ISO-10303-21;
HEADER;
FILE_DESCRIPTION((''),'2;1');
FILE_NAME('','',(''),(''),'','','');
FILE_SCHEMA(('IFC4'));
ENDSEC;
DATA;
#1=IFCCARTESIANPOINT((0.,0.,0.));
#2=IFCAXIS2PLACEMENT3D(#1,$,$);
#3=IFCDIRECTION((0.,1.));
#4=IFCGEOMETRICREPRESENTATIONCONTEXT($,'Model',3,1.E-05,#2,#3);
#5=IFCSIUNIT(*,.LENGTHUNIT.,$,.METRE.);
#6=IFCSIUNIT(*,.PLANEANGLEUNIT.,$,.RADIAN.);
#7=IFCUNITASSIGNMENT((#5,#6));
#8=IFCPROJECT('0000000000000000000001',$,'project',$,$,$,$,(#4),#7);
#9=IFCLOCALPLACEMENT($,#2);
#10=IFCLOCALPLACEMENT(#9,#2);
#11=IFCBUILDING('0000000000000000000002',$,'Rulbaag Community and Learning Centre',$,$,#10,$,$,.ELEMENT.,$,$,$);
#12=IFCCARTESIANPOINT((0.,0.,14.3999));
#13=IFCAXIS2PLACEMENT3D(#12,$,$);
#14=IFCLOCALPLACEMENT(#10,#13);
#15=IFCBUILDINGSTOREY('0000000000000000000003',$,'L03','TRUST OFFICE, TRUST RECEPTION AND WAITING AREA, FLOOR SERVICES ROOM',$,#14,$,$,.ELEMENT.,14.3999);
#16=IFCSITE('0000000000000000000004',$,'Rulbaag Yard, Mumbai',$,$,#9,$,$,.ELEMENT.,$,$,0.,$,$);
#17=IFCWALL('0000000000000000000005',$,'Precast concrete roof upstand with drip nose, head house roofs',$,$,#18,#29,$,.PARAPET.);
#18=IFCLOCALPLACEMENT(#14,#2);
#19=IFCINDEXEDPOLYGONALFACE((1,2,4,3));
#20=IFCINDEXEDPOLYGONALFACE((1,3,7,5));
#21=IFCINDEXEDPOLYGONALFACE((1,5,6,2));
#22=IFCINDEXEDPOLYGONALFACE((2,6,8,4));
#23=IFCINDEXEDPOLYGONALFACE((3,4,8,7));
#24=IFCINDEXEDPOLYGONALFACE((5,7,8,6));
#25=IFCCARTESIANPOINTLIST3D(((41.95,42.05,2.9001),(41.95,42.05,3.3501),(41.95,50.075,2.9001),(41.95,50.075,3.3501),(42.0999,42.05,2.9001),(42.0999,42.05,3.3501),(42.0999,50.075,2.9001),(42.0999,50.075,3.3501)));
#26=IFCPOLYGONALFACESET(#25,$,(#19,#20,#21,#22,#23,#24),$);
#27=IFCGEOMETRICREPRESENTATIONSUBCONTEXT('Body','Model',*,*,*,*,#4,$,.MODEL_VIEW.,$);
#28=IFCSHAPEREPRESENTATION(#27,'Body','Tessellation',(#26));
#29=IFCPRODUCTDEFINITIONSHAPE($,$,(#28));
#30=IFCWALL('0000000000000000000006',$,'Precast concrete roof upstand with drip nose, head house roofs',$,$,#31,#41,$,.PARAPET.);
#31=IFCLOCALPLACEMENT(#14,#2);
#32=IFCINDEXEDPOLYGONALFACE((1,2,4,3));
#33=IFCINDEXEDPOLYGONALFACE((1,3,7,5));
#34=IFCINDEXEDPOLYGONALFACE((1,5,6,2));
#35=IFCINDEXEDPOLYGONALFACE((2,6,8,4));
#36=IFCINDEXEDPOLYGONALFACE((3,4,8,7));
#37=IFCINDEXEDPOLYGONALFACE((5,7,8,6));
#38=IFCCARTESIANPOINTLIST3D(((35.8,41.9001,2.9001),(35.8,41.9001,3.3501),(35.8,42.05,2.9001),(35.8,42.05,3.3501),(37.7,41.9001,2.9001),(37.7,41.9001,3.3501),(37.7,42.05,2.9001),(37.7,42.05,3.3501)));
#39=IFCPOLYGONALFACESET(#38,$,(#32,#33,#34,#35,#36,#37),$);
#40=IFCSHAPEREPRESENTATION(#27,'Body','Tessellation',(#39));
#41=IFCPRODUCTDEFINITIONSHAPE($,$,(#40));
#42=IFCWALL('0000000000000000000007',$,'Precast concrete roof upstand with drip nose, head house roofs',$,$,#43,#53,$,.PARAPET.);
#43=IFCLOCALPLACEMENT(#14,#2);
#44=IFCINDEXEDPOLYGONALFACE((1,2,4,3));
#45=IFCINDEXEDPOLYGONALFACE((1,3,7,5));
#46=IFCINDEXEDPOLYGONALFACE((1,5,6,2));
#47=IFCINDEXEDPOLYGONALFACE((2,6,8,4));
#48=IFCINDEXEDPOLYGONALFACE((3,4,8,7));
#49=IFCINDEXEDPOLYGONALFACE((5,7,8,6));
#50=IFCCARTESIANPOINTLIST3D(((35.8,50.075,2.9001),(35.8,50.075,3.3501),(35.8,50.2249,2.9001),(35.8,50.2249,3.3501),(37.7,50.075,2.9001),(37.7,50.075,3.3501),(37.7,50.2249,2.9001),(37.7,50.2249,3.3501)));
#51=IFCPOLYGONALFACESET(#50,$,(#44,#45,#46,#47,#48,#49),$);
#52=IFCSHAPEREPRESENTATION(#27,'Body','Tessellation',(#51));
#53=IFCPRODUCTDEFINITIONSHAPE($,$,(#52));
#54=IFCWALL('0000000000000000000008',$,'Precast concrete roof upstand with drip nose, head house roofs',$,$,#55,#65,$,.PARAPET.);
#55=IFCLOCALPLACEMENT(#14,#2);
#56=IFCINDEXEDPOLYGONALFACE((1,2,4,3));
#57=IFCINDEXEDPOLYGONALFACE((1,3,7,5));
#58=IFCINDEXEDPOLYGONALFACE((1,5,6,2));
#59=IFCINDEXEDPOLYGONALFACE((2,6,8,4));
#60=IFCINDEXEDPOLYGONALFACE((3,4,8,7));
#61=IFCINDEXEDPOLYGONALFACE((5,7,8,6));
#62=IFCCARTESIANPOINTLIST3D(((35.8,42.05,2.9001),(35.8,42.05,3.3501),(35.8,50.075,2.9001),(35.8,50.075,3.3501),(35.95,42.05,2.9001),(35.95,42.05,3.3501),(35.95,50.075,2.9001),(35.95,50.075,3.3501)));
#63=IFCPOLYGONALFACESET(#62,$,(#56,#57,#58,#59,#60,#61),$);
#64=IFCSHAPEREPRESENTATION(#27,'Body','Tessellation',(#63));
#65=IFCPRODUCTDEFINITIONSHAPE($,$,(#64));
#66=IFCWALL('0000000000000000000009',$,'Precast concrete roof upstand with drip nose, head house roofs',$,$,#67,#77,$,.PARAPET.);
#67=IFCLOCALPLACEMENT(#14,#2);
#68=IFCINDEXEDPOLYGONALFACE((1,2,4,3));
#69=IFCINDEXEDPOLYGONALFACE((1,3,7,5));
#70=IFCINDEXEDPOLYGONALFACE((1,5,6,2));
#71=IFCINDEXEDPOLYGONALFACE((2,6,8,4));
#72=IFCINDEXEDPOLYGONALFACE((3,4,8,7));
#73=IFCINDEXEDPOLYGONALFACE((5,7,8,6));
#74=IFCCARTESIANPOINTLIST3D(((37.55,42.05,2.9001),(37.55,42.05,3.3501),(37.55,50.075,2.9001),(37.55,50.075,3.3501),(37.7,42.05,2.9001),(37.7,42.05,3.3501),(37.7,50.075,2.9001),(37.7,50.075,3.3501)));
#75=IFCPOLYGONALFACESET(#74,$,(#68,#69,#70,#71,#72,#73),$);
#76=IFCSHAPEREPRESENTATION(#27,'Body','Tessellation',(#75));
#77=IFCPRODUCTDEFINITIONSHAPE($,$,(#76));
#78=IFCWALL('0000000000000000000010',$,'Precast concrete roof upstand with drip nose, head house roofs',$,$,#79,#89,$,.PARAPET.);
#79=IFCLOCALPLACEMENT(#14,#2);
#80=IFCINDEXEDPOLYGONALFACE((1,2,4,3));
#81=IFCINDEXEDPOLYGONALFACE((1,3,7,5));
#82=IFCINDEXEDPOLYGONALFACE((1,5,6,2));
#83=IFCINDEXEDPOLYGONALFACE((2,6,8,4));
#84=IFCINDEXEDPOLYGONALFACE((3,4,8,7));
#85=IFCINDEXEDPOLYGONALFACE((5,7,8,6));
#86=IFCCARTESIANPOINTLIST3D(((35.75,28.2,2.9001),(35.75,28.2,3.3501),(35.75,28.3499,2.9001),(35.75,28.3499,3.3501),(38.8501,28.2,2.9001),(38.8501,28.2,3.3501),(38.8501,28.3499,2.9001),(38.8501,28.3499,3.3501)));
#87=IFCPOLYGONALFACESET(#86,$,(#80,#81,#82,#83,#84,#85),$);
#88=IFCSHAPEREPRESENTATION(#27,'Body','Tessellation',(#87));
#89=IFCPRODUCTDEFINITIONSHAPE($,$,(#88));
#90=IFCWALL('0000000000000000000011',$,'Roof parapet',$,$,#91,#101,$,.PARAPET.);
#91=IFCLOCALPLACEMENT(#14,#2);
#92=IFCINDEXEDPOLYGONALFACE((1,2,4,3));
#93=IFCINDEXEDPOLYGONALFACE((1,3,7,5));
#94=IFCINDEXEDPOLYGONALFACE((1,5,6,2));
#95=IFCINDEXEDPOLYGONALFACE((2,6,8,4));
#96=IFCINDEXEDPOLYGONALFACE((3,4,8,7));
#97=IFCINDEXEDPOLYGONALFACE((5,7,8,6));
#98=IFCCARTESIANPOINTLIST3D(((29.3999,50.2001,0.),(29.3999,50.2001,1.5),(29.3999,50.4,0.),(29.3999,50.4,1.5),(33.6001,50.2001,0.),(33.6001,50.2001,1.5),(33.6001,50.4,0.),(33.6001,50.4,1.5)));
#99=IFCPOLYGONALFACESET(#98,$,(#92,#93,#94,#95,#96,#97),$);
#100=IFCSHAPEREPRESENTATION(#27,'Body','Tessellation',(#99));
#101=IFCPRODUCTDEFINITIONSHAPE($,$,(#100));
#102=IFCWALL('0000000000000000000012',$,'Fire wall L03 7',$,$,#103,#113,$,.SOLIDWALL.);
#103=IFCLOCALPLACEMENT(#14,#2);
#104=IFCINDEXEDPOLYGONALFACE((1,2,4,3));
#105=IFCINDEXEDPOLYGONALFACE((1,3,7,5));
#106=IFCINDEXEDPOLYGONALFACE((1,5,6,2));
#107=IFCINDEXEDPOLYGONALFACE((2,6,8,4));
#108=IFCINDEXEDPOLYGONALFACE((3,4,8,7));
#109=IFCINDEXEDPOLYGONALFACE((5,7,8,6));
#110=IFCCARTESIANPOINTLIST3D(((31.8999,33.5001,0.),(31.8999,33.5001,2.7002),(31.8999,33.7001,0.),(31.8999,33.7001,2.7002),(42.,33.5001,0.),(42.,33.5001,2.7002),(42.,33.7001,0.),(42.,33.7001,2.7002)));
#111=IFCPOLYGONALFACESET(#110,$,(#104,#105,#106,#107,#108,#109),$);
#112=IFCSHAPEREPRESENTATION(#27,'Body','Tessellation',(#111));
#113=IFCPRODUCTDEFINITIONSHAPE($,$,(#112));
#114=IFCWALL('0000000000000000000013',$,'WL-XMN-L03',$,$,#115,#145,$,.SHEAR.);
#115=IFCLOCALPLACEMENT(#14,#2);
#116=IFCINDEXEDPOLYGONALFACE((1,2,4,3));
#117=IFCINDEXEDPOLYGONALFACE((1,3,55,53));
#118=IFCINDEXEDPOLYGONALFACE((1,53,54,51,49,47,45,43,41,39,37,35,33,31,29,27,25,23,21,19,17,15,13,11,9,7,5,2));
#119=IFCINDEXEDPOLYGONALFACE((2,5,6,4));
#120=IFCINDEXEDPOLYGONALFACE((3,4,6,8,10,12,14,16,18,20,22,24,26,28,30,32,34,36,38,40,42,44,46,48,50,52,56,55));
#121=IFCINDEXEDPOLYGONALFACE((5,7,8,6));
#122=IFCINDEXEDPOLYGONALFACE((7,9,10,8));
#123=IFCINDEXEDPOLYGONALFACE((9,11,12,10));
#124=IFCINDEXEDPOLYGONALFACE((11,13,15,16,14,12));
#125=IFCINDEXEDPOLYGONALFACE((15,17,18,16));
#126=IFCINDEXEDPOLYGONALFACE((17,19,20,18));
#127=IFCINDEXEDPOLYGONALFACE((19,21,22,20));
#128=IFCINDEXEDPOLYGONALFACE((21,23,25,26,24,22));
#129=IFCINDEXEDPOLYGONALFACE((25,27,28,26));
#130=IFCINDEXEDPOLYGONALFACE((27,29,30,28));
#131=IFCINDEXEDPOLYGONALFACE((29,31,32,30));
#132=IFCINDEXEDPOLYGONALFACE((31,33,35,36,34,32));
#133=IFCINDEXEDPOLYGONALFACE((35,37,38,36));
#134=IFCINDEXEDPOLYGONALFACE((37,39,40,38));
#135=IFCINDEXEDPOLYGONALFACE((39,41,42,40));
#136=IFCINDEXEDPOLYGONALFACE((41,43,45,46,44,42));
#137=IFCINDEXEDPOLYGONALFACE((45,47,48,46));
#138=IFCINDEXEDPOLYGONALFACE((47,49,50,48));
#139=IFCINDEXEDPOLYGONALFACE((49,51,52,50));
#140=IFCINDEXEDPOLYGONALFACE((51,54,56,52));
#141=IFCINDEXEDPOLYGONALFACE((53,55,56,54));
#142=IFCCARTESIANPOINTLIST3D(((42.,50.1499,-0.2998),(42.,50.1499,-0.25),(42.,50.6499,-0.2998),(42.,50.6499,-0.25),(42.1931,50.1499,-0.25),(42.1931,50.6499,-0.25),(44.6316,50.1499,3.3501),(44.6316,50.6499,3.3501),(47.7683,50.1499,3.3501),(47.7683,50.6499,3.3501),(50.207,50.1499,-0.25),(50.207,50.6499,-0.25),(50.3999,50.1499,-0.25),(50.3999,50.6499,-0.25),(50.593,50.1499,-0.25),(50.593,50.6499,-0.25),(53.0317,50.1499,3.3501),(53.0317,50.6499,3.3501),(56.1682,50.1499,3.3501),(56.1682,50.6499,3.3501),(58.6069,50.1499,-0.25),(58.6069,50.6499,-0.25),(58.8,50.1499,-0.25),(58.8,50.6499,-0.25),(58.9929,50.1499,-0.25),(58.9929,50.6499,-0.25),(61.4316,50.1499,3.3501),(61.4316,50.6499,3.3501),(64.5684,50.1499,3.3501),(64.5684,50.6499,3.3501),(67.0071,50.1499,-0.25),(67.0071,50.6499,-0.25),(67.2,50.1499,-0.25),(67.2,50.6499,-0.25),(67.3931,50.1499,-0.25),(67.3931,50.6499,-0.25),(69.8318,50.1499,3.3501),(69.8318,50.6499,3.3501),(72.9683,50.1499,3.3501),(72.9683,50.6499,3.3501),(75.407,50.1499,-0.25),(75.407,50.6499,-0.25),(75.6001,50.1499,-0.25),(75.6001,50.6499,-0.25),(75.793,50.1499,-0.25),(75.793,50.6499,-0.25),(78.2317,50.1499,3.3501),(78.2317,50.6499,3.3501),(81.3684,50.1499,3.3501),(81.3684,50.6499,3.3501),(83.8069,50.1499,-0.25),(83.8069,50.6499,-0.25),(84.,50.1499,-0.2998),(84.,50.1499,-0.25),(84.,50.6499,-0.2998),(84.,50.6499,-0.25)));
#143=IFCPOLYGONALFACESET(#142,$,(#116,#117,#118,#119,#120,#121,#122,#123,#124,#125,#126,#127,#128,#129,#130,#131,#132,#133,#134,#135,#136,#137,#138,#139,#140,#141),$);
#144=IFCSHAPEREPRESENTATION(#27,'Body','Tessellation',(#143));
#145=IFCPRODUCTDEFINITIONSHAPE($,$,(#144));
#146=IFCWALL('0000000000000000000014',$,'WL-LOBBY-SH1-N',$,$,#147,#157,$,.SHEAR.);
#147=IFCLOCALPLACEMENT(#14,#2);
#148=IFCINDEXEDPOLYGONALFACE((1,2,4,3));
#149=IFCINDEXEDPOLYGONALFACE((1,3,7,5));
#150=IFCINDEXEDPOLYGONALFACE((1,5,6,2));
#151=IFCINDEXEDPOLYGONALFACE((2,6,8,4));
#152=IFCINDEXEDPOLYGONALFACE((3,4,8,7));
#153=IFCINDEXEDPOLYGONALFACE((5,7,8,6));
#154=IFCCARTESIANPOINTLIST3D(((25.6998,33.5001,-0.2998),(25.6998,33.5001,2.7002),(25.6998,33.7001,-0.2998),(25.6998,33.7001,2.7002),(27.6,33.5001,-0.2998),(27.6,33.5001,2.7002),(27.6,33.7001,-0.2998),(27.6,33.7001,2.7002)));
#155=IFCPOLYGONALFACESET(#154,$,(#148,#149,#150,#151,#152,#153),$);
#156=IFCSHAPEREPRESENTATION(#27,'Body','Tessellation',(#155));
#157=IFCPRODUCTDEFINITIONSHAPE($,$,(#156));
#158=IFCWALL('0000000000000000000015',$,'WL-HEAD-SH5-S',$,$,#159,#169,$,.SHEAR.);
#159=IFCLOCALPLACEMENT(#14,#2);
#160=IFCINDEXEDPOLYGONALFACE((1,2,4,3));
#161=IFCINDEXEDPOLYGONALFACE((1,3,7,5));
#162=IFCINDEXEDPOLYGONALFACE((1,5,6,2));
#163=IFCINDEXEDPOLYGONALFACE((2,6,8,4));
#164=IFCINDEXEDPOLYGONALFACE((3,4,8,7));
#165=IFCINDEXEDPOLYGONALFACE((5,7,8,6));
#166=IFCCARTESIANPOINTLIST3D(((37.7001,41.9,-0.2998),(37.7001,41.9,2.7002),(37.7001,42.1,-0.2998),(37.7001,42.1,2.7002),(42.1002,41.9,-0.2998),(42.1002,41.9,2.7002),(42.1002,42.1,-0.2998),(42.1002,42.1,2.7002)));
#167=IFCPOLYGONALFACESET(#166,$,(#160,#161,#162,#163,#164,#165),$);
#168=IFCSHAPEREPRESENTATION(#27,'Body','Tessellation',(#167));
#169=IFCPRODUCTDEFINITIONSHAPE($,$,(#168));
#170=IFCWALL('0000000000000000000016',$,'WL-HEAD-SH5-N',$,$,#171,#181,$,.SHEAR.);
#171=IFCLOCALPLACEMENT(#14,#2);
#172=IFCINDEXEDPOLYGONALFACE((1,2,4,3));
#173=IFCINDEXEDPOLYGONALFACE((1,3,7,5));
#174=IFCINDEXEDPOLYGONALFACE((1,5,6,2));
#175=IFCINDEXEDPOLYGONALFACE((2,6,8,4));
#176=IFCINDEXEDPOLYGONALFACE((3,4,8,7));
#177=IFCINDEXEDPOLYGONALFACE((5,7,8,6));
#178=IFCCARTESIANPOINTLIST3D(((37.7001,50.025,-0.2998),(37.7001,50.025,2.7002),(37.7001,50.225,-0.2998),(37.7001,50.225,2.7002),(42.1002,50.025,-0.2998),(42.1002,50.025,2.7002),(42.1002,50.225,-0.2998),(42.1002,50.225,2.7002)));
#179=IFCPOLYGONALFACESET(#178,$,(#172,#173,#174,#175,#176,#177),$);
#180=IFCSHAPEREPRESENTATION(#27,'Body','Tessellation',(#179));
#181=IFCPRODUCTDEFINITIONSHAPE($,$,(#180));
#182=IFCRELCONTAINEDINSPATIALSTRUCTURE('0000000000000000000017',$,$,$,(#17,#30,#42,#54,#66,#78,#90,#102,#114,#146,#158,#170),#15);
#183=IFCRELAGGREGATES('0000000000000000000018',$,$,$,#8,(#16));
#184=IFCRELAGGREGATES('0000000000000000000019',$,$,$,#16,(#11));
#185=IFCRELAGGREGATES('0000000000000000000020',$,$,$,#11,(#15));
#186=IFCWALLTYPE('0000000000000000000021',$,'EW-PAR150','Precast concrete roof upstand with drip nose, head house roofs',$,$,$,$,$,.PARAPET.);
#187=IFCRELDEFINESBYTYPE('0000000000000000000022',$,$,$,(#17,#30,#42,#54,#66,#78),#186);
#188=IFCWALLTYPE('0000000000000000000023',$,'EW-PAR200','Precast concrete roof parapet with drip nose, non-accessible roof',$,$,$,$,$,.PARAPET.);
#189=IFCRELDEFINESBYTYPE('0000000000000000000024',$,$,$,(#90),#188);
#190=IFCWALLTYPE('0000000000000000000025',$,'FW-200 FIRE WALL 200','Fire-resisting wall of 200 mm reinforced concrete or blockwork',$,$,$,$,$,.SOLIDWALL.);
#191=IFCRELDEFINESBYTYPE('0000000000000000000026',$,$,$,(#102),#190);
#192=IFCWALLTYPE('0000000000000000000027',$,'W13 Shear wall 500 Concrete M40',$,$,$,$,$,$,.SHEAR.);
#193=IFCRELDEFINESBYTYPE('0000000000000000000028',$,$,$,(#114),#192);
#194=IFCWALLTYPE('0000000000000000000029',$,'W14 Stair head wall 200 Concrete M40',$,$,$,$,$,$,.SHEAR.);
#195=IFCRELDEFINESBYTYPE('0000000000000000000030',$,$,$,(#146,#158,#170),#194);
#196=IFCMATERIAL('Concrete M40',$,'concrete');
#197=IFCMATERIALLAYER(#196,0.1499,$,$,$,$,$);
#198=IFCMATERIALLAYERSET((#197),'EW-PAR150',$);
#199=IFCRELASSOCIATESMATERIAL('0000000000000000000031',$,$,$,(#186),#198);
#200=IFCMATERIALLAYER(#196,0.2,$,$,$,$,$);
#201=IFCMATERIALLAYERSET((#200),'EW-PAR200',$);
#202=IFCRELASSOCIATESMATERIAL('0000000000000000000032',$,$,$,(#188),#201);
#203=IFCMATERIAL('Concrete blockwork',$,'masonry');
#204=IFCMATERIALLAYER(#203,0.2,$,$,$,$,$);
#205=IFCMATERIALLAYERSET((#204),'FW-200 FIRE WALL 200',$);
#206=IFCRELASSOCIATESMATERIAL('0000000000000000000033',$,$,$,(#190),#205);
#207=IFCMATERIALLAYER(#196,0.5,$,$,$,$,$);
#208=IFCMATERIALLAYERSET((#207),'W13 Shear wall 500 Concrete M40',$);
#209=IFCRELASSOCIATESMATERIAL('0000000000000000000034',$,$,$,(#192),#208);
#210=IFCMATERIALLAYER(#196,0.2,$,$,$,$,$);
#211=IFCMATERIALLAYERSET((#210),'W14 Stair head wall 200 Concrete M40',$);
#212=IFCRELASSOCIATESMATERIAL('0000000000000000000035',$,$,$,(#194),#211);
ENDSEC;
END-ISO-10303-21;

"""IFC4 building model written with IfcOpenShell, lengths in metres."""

from ifc_helpers import new_model, si_unit, direction, frame, frame_2d, origin, place, context, subcontext, project, spatial, polyline, rectangle, outline, extrude, material, layer, layer_set, type_object, element, save


model = new_model("IFC4")

# Units and contexts
model_context = context("Model", 3, precision=1e-05, world=origin(), true_north=direction((0.0, 1.0)))
body_context = subcontext(model_context, "Body", "Model", "MODEL_VIEW")
ifc_project = project(units=[si_unit("LENGTHUNIT", "METRE"), si_unit("PLANEANGLEUNIT", "RADIAN")], contexts=[model_context])

# Site, building, storey
site_placement = place(None, origin())
site = spatial("IfcSite", under=ifc_project, at=site_placement, Name="Rulbaag Yard, Mumbai", CompositionType="ELEMENT", RefElevation=0.0)
building_placement = place(site_placement, origin())
building = spatial("IfcBuilding", under=site, at=building_placement, Name="Rulbaag Community and Learning Centre", CompositionType="ELEMENT")
storey_placement = place(building_placement, frame((0.0, 0.0, 14.3999)))
storey = spatial("IfcBuildingStorey", under=building, at=storey_placement, Name="L03", Description="TRUST OFFICE, TRUST RECEPTION AND WAITING AREA, FLOOR SERVICES ROOM", CompositionType="ELEMENT", Elevation=14.3999)

# Shared definitions
ifc_material_1 = material(Name="Concrete M40", Category="concrete")

# Walls
ifc_layer_1 = layer(ifc_material_1, 0.1499)
ifc_layer_set_1 = layer_set([ifc_layer_1], Name="EW-PAR150")
wall_type_1 = type_object("IfcWallType", Name="EW-PAR150", Description="Precast concrete roof upstand with drip nose, head house roofs", PredefinedType="PARAPET", material=ifc_layer_set_1)
for number, where, z_axis, x_axis, name in (
    (1, (42.0249, 42.05, 2.9001), (0.0, 0.0, 1.0), (0.0, 1.0, 0.0), "Precast concrete roof upstand with drip nose, head house roofs"),
):
    element("IfcWall", number, at=place(storey_placement, frame(where, z_axis=z_axis, x_axis=x_axis)), inside=storey, type_object=wall_type_1, Name=name, PredefinedType="PARAPET", context=body_context, shape_type="SweptSolid", body=[
        extrude(rectangle(XDim=8.0249, YDim=0.1499, at=frame_2d((4.0125, 0.0))), origin(), (0.0, 0.0, 1.0), 0.45),
    ])
for number, where, z_axis, x_axis, name in (
    (2, (35.8, 41.9751, 2.9001), (0.0, 0.0, 1.0), (1.0, 0.0, 0.0), "Precast concrete roof upstand with drip nose, head house roofs"),
    (3, (35.8, 50.1499, 2.9001), (0.0, 0.0, 1.0), (1.0, 0.0, 0.0), "Precast concrete roof upstand with drip nose, head house roofs"),
):
    element("IfcWall", number, at=place(storey_placement, frame(where, z_axis=z_axis, x_axis=x_axis)), inside=storey, type_object=wall_type_1, Name=name, PredefinedType="PARAPET", context=body_context, shape_type="SweptSolid", body=[
        extrude(rectangle(XDim=1.8999, YDim=0.1499, at=frame_2d((0.95, 0.0))), origin(), (0.0, 0.0, 1.0), 0.45),
    ])
for number, where, z_axis, x_axis, name in (
    (4, (35.875, 42.05, 2.9001), (0.0, 0.0, 1.0), (0.0, 1.0, 0.0), "Precast concrete roof upstand with drip nose, head house roofs"),
    (5, (37.625, 42.05, 2.9001), (0.0, 0.0, 1.0), (0.0, 1.0, 0.0), "Precast concrete roof upstand with drip nose, head house roofs"),
):
    element("IfcWall", number, at=place(storey_placement, frame(where, z_axis=z_axis, x_axis=x_axis)), inside=storey, type_object=wall_type_1, Name=name, PredefinedType="PARAPET", context=body_context, shape_type="SweptSolid", body=[
        extrude(rectangle(XDim=8.0249, YDim=0.1499, at=frame_2d((4.0125, 0.0))), origin(), (0.0, 0.0, 1.0), 0.45),
    ])
wall_1_placement = place(storey_placement, frame((35.75, 28.2749, 2.9001), z_axis=(0.0, 0.0, 1.0), x_axis=(1.0, 0.0, 0.0)))
element("IfcWall", 6, at=wall_1_placement, inside=storey, type_object=wall_type_1, Name="Precast concrete roof upstand with drip nose, head house roofs", PredefinedType="PARAPET", context=body_context, shape_type="SweptSolid", body=[
    extrude(rectangle(XDim=3.1001, YDim=0.1499, at=frame_2d((1.55, 0.0))), origin(), (0.0, 0.0, 1.0), 0.45),
])
ifc_layer_2 = layer(ifc_material_1, 0.2)
ifc_layer_set_2 = layer_set([ifc_layer_2], Name="EW-PAR200")
wall_type_2 = type_object("IfcWallType", Name="EW-PAR200", Description="Precast concrete roof parapet with drip nose, non-accessible roof", PredefinedType="PARAPET", material=ifc_layer_set_2)
wall_2_placement = place(storey_placement, frame((29.3999, 50.3, 0.0), z_axis=(0.0, 0.0, 1.0), x_axis=(1.0, 0.0, 0.0)))
element("IfcWall", 7, at=wall_2_placement, inside=storey, type_object=wall_type_2, Name="Roof parapet", PredefinedType="PARAPET", context=body_context, shape_type="SweptSolid", body=[
    extrude(rectangle(XDim=4.2002, YDim=0.2, at=frame_2d((2.1001, 0.0))), origin(), (0.0, 0.0, 1.0), 1.5),
])
ifc_material_2 = material(Name="Concrete blockwork", Category="masonry")
ifc_layer_3 = layer(ifc_material_2, 0.2)
ifc_layer_set_3 = layer_set([ifc_layer_3], Name="FW-200 FIRE WALL 200")
wall_type_3 = type_object("IfcWallType", Name="FW-200 FIRE WALL 200", Description="Fire-resisting wall of 200 mm reinforced concrete or blockwork", PredefinedType="SOLIDWALL", material=ifc_layer_set_3)
wall_3_placement = place(storey_placement, frame((31.8999, 33.6001, 0.0), z_axis=(0.0, 0.0, 1.0), x_axis=(1.0, 0.0, 0.0)))
element("IfcWall", 8, at=wall_3_placement, inside=storey, type_object=wall_type_3, Name="Fire wall L03 7", PredefinedType="SOLIDWALL", context=body_context, shape_type="SweptSolid", body=[
    extrude(rectangle(XDim=10.1001, YDim=0.2, at=frame_2d((5.05, 0.0))), origin(), (0.0, 0.0, 1.0), 2.7002),
])
ifc_layer_4 = layer(ifc_material_1, 0.5)
ifc_layer_set_4 = layer_set([ifc_layer_4], Name="W13 Shear wall 500 Concrete M40")
wall_type_4 = type_object("IfcWallType", Name="W13 Shear wall 500 Concrete M40", PredefinedType="SHEAR", material=ifc_layer_set_4)
wall_4_placement = place(storey_placement, frame((42.0, 50.3999, -0.2998), z_axis=(0.0, 0.0, 1.0), x_axis=(1.0, 0.0, 0.0)))
element("IfcWall", 9, at=wall_4_placement, inside=storey, type_object=wall_type_4, Name="WL-XMN-L03", PredefinedType="SHEAR", context=body_context, shape_type="SweptSolid", body=[
    extrude(outline(polyline([(0.0, 0.0), (42.0, 0.0), (42.0, 0.0498), (41.8069, 0.0498), (39.3684, 3.6499), (36.2317, 3.6499), (33.793, 0.0498), (33.6001, 0.0498), (33.407, 0.0498), (30.9683, 3.6499), (27.8318, 3.6499), (25.3931, 0.0498), (25.2, 0.0498), (25.0071, 0.0498), (22.5684, 3.6499), (19.4316, 3.6499), (16.9929, 0.0498), (16.8, 0.0498), (16.6069, 0.0498), (14.1682, 3.6499), (11.0317, 3.6499), (8.593, 0.0498), (8.3999, 0.0498), (8.207, 0.0498), (5.7683, 3.6499), (2.6316, 3.6499), (0.1931, 0.0498), (0.0, 0.0498), (0.0, 0.0)])), frame((0.0, 0.25, 0.0), z_axis=(0.0, -1.0, 0.0), x_axis=(1.0, 0.0, 0.0)), (0.0, 0.0, 1.0), 0.5),
])
ifc_layer_5 = layer(ifc_material_1, 0.2)
ifc_layer_set_5 = layer_set([ifc_layer_5], Name="W14 Stair head wall 200 Concrete M40")
wall_type_5 = type_object("IfcWallType", Name="W14 Stair head wall 200 Concrete M40", PredefinedType="SHEAR", material=ifc_layer_set_5)
wall_5_placement = place(storey_placement, frame((27.6001, 33.6001, -0.2998), z_axis=(0.0, 0.0, 1.0), x_axis=(-1.0, 0.0, 0.0)))
element("IfcWall", 10, at=wall_5_placement, inside=storey, type_object=wall_type_5, Name="WL-LOBBY-SH1-N", PredefinedType="SHEAR", context=body_context, shape_type="SweptSolid", body=[
    extrude(rectangle(XDim=1.9001, YDim=0.2, at=frame_2d((0.9502, 0.0))), origin(), (0.0, 0.0, 1.0), 3.0),
])
for number, where, z_axis, x_axis, name in (
    (11, (37.7, 42.0, -0.2998), (0.0, 0.0, 1.0), (1.0, 0.0, 0.0), "WL-HEAD-SH5-S"),
    (12, (37.7, 50.125, -0.2998), (0.0, 0.0, 1.0), (1.0, 0.0, 0.0), "WL-HEAD-SH5-N"),
):
    element("IfcWall", number, at=place(storey_placement, frame(where, z_axis=z_axis, x_axis=x_axis)), inside=storey, type_object=wall_type_5, Name=name, PredefinedType="SHEAR", context=body_context, shape_type="SweptSolid", body=[
        extrude(rectangle(XDim=4.4001, YDim=0.2, at=frame_2d((2.2002, 0.0))), origin(), (0.0, 0.0, 1.0), 3.0),
    ])

save(model, "model.ifc")
